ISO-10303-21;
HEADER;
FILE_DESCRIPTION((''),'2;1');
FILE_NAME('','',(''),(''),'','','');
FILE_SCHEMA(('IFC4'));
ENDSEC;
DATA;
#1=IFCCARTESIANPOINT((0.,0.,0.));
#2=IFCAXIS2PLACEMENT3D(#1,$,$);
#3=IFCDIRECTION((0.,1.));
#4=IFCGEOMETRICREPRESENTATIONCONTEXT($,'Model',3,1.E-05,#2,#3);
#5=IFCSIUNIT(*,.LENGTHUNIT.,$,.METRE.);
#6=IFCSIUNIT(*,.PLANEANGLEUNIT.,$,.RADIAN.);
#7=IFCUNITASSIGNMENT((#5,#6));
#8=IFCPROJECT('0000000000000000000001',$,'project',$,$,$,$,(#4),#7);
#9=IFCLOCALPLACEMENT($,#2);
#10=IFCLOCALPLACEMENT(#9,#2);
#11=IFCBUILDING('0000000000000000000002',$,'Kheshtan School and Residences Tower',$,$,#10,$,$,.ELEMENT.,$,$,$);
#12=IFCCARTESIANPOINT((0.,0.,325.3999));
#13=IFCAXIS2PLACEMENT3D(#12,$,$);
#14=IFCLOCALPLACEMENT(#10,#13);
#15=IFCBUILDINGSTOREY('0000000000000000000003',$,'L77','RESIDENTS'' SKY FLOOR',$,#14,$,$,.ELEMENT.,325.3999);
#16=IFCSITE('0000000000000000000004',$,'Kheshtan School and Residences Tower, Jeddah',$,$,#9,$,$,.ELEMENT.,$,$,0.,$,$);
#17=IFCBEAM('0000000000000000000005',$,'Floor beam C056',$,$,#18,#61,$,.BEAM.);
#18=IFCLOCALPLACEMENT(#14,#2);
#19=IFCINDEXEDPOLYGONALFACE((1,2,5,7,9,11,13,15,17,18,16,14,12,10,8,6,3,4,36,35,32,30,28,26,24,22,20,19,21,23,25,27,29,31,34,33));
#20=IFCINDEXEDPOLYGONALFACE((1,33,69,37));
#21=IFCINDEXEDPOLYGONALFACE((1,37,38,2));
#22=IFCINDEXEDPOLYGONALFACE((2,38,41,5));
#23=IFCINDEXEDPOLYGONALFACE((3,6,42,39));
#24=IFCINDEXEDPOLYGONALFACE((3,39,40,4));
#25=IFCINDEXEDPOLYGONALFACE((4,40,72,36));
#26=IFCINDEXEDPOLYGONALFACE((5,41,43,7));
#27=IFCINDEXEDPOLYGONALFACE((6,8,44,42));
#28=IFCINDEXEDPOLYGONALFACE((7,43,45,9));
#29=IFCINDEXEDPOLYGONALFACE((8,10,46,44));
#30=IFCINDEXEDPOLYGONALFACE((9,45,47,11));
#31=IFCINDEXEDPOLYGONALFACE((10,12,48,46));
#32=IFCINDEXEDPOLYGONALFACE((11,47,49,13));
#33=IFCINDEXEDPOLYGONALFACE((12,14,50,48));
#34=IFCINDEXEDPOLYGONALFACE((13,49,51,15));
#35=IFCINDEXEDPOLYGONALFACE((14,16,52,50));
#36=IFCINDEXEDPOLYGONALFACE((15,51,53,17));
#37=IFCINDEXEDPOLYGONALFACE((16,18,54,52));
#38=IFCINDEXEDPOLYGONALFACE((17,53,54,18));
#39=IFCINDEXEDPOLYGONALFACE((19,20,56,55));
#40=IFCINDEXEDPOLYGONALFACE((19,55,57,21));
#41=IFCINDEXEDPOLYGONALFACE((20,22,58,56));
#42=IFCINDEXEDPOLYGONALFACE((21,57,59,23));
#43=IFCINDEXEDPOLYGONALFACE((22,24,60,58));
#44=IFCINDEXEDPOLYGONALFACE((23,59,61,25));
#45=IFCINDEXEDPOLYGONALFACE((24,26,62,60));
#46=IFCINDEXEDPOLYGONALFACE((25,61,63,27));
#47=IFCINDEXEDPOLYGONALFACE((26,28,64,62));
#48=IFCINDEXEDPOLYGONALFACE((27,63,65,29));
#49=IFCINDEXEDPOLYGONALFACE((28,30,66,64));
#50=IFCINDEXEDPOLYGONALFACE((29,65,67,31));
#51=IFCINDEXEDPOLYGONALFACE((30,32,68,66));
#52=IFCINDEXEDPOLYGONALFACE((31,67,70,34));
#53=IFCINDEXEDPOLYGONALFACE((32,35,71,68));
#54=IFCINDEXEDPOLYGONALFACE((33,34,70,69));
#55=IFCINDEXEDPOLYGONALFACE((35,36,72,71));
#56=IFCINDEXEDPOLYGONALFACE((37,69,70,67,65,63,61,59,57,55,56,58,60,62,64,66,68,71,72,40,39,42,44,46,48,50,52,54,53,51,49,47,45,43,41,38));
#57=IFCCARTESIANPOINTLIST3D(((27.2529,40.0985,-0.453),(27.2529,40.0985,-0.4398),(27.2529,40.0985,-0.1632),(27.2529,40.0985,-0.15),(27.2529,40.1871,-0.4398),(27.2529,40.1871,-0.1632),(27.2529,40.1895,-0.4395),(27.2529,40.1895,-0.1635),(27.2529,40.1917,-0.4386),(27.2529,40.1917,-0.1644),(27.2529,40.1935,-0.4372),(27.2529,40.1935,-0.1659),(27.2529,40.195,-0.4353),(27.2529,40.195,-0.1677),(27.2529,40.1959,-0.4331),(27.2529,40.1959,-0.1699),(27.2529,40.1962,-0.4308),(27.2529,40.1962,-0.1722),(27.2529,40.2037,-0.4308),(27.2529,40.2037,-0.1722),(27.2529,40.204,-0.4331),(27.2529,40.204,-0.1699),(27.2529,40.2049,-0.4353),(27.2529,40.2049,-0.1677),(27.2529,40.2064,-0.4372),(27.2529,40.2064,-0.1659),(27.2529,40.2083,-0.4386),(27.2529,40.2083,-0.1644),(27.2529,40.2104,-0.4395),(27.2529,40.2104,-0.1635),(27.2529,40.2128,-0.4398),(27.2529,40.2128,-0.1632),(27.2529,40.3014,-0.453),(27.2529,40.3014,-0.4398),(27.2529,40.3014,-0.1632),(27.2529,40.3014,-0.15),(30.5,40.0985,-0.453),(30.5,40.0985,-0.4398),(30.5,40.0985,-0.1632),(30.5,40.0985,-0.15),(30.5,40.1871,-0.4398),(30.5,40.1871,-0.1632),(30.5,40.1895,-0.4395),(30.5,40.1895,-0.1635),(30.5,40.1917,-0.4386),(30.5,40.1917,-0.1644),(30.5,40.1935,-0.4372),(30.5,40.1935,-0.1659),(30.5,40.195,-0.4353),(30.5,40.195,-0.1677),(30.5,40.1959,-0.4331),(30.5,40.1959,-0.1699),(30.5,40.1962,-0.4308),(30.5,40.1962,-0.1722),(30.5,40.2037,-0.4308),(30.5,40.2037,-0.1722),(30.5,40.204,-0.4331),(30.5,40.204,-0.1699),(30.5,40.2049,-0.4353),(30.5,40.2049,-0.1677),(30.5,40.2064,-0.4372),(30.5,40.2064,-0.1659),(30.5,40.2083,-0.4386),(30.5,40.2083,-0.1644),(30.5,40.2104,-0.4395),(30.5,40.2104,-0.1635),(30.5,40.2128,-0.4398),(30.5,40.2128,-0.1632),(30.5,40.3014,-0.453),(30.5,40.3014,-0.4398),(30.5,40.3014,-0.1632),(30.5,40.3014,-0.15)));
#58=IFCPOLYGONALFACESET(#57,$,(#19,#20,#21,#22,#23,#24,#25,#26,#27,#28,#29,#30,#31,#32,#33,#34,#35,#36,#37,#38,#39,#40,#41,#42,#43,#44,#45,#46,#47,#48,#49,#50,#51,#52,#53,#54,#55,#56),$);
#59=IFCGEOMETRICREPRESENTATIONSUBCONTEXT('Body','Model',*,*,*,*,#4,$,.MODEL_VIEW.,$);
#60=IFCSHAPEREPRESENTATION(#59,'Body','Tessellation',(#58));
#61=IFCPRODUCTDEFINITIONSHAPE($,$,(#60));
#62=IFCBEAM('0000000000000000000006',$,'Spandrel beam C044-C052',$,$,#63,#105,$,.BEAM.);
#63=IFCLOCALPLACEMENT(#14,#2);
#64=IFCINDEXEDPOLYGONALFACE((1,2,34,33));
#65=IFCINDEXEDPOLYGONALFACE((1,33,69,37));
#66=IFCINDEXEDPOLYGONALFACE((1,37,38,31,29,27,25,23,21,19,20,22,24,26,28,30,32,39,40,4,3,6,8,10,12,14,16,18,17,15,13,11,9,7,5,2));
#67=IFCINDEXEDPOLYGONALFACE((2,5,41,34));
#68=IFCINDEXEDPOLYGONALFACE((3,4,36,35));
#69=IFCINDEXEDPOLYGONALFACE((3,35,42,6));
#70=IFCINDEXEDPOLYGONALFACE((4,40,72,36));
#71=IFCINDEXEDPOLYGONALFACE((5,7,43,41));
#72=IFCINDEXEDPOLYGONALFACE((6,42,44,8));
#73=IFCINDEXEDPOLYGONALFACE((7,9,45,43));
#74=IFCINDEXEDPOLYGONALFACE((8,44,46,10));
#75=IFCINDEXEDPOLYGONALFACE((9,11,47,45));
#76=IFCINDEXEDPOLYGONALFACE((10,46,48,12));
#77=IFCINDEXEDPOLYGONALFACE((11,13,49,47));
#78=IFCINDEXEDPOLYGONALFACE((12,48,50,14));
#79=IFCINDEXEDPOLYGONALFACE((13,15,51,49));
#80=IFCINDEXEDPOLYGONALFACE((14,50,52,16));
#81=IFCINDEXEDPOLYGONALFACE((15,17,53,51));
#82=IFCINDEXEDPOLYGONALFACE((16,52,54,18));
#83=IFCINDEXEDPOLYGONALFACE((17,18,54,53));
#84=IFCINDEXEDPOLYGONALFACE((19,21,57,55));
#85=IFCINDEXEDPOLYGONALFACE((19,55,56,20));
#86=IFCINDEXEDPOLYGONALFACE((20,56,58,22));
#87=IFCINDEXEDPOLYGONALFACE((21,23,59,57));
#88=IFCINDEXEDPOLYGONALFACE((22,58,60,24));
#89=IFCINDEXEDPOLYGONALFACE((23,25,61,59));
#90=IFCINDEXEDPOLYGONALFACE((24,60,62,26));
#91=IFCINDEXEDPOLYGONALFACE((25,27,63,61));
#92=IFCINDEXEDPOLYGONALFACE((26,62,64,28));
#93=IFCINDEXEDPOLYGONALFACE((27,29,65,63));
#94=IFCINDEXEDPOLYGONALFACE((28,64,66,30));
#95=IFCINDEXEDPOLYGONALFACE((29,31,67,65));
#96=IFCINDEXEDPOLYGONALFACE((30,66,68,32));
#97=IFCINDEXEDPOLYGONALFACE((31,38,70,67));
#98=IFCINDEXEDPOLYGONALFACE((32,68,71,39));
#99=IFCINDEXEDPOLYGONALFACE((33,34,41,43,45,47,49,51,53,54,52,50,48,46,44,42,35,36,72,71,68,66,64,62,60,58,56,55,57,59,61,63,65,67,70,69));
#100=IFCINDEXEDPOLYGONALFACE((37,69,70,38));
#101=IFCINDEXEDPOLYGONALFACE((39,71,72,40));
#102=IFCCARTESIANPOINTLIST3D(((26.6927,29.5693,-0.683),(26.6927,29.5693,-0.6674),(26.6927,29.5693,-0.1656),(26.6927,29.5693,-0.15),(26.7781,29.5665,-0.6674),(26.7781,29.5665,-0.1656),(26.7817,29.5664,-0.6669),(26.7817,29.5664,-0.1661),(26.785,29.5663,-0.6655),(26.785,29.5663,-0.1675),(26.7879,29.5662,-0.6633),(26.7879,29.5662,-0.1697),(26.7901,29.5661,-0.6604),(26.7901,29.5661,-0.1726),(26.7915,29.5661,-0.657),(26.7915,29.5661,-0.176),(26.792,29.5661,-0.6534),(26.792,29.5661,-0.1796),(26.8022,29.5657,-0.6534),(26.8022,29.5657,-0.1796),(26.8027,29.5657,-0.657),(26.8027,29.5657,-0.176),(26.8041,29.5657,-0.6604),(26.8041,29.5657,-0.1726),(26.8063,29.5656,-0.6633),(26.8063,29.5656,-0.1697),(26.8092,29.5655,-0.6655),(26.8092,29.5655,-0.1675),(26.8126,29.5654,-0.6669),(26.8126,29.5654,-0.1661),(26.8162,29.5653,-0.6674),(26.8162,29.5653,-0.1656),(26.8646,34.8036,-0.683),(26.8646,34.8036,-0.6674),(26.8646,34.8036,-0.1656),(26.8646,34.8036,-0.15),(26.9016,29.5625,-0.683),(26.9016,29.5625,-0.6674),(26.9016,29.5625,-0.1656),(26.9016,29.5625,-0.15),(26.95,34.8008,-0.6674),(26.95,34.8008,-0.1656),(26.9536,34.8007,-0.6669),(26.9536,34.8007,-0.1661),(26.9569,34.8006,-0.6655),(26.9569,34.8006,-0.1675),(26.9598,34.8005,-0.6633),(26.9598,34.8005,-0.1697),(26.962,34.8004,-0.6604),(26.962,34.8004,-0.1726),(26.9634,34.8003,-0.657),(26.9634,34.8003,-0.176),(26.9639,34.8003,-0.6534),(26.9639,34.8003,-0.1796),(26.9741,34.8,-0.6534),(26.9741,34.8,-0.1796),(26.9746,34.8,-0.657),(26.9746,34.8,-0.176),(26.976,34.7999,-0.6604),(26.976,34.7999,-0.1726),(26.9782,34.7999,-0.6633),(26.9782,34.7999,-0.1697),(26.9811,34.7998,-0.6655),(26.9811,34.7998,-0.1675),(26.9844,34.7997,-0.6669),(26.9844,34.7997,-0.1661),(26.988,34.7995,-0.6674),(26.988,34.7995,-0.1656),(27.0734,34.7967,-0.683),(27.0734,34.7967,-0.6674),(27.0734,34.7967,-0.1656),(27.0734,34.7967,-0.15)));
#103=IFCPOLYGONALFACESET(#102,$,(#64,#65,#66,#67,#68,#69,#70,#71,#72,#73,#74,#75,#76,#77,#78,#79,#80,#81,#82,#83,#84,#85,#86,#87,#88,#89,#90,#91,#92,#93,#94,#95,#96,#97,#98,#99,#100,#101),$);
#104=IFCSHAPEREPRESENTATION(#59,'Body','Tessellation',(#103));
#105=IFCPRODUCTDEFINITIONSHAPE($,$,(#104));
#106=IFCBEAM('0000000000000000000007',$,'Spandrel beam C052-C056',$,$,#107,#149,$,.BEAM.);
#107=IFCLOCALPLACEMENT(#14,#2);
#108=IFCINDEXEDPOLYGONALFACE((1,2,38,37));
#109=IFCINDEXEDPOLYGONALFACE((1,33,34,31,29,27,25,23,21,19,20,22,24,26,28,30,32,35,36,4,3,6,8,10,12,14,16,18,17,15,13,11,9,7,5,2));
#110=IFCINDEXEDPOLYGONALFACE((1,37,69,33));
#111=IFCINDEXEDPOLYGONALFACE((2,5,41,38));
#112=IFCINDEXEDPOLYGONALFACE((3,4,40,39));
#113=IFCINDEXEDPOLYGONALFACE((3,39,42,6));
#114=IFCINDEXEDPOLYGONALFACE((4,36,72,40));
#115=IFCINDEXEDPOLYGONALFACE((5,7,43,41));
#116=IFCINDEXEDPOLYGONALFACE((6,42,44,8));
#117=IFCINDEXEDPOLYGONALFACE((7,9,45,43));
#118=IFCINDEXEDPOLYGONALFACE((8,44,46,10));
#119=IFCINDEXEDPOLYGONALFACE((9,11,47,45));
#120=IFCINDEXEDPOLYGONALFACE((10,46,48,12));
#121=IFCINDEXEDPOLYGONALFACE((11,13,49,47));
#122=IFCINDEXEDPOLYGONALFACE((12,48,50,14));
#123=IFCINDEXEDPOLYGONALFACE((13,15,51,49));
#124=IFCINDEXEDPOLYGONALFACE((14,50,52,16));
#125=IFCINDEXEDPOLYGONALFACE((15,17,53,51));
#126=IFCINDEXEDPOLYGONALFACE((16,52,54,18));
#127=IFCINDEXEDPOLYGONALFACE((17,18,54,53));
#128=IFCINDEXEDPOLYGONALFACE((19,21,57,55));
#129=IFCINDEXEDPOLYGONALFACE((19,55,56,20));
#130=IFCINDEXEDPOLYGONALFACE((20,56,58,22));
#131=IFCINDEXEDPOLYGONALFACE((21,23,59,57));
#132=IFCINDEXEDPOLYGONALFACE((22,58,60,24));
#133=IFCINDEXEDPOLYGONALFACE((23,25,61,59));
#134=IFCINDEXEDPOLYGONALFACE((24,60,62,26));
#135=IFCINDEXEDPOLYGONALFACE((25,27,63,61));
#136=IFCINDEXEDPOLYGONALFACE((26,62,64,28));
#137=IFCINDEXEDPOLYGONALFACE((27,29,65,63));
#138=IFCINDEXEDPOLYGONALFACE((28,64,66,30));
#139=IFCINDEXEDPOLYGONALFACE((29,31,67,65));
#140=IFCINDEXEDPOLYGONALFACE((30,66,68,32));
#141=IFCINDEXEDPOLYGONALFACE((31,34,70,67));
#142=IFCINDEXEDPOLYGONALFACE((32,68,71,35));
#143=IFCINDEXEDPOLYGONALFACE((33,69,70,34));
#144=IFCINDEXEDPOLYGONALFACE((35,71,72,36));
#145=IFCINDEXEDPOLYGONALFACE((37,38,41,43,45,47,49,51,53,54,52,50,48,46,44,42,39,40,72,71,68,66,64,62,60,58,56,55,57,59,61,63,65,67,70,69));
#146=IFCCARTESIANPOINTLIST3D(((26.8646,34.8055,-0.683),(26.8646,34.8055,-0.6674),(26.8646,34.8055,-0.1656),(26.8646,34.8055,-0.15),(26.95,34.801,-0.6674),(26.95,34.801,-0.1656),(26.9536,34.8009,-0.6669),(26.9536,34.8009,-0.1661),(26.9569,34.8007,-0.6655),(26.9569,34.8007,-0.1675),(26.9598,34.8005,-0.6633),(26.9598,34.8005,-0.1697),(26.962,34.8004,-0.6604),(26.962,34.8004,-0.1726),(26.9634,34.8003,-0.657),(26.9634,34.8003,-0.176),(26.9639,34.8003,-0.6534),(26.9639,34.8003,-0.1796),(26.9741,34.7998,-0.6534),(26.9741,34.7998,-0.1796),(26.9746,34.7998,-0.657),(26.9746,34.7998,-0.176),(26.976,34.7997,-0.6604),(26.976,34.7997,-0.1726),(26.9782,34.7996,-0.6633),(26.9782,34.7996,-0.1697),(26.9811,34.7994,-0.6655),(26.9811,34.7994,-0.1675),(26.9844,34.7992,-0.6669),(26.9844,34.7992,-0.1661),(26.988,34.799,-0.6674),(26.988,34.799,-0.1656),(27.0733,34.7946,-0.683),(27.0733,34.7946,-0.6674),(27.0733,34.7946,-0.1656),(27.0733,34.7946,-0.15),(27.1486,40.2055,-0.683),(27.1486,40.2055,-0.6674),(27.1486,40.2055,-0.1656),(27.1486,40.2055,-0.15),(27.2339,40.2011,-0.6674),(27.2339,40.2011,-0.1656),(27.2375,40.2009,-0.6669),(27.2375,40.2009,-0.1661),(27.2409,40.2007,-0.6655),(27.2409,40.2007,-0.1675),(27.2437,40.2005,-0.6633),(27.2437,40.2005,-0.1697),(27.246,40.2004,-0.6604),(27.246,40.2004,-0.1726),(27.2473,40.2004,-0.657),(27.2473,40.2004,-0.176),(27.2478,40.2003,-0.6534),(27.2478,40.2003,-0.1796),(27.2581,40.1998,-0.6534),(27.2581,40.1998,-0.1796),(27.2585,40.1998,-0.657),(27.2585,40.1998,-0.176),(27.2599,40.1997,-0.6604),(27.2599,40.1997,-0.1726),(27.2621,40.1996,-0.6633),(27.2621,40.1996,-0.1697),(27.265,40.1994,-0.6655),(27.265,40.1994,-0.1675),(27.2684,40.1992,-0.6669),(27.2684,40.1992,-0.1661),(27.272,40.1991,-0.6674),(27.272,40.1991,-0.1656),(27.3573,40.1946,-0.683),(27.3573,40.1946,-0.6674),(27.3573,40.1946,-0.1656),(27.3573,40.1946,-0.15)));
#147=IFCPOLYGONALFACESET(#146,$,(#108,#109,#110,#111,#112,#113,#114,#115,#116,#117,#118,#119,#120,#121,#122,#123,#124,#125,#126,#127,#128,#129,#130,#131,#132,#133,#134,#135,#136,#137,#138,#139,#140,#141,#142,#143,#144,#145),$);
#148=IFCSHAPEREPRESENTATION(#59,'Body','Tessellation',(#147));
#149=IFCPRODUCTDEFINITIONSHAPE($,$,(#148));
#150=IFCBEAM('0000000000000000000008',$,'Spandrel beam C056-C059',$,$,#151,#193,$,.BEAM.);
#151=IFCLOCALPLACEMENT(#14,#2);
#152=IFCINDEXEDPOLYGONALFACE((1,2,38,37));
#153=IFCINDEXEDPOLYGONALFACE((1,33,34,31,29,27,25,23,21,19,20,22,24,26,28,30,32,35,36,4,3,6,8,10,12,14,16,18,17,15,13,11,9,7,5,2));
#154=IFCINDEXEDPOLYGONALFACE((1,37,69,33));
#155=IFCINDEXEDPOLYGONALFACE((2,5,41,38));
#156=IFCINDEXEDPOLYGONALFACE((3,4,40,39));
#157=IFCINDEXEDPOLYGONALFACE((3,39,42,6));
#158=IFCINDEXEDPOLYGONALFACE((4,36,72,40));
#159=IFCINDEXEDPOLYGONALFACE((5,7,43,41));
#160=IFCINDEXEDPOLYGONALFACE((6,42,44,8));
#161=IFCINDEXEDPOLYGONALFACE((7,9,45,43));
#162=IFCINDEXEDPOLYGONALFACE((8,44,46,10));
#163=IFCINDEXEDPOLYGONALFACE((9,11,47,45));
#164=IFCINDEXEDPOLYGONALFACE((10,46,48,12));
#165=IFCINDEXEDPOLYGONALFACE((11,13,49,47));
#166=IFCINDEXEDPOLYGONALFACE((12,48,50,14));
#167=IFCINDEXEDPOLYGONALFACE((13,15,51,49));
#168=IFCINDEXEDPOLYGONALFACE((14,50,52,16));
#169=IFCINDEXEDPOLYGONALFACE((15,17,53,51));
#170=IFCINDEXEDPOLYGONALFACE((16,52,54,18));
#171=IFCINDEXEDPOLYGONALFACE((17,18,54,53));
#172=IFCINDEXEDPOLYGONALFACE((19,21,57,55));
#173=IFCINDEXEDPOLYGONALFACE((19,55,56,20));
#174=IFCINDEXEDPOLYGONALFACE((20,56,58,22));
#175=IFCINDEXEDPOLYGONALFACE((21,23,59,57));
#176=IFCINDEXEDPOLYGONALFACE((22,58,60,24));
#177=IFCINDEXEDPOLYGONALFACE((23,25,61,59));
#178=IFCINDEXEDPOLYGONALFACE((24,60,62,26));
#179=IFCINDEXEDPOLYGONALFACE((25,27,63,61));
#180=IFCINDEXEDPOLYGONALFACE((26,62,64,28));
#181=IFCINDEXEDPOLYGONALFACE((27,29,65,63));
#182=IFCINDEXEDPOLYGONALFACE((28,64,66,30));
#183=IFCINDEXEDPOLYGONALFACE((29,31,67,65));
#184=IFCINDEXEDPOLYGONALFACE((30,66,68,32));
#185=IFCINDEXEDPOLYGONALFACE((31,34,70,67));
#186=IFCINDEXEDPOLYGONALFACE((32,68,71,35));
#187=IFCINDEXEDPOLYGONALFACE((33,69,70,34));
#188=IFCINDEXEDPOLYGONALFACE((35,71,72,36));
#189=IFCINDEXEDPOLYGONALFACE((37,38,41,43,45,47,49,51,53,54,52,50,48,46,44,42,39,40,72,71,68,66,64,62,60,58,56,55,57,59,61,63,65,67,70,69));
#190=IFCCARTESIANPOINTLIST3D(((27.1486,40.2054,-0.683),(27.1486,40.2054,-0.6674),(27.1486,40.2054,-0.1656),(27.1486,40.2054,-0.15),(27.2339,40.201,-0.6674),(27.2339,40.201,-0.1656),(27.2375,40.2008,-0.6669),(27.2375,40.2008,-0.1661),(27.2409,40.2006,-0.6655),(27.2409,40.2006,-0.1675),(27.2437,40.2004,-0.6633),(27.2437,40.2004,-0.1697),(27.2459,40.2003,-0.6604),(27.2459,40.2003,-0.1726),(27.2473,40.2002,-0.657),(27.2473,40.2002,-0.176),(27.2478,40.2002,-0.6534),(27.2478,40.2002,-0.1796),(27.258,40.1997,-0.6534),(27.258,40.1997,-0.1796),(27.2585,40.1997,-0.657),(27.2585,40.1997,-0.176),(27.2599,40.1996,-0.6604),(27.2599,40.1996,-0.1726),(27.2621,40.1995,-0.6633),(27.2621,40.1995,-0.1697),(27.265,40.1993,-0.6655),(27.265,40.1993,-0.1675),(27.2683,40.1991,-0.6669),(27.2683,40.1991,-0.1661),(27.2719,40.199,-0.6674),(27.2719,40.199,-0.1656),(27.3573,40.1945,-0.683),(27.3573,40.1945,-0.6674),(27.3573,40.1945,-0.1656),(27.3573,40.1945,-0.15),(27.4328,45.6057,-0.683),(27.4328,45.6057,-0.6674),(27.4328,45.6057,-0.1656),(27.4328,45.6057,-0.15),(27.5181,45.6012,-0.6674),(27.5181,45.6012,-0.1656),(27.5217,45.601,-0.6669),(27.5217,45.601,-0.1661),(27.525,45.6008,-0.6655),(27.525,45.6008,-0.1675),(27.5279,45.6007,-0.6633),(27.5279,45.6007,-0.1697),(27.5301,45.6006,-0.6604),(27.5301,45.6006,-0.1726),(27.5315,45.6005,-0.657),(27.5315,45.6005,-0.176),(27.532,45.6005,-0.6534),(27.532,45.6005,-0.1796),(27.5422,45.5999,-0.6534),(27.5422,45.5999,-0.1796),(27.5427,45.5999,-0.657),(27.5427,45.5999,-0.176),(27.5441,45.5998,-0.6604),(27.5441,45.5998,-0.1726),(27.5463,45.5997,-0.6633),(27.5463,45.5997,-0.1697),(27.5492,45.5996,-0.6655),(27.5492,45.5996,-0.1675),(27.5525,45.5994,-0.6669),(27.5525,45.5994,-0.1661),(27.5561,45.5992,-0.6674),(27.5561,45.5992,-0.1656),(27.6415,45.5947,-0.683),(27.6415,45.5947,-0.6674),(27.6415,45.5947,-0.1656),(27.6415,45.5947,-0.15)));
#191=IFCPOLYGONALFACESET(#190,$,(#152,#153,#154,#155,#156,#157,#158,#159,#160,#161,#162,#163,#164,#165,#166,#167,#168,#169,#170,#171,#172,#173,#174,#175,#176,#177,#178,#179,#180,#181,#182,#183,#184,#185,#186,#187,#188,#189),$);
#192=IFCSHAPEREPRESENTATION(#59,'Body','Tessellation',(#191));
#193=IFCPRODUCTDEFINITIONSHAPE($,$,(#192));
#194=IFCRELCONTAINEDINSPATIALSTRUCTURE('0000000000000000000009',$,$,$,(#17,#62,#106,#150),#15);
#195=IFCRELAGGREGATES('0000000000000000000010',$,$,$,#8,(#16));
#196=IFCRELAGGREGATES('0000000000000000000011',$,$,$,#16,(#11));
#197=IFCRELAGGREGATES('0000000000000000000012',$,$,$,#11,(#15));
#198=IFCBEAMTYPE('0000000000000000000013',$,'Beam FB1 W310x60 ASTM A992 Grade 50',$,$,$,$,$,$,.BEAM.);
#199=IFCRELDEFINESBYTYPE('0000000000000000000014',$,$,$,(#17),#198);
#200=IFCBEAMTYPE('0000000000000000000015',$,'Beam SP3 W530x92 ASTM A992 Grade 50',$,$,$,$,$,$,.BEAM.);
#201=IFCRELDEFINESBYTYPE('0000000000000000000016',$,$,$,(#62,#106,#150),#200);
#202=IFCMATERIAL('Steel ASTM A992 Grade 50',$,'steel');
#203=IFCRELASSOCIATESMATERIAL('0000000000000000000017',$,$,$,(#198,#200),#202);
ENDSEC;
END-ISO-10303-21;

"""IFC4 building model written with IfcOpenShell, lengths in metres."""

from ifc_helpers import new_model, si_unit, direction, frame, origin, origin_2d, place, context, subcontext, project, spatial, i_section, extrude, material, material_profile, profile_set, type_object, element, save


model = new_model("IFC4")

# Units and contexts
model_context = context("Model", 3, precision=1e-05, world=origin(), true_north=direction((0.0, 1.0)))
body_context = subcontext(model_context, "Body", "Model", "MODEL_VIEW")
ifc_project = project(units=[si_unit("LENGTHUNIT", "METRE"), si_unit("PLANEANGLEUNIT", "RADIAN")], contexts=[model_context])

# Site, building, storey
site_placement = place(None, origin())
site = spatial("IfcSite", under=ifc_project, at=site_placement, Name="Kheshtan School and Residences Tower, Jeddah", CompositionType="ELEMENT", RefElevation=0.0)
building_placement = place(site_placement, origin())
building = spatial("IfcBuilding", under=site, at=building_placement, Name="Kheshtan School and Residences Tower", CompositionType="ELEMENT")
storey_placement = place(building_placement, frame((0.0, 0.0, 325.3999)))
storey = spatial("IfcBuildingStorey", under=building, at=storey_placement, Name="L77", Description="RESIDENTS' SKY FLOOR", CompositionType="ELEMENT", Elevation=325.3999)

# Shared definitions
ifc_material_1 = material(Name="Steel ASTM A992 Grade 50", Category="steel")

# Beams
ifc_material_profile_1 = material_profile(ifc_material_1, i_section(OverallWidth=0.2029, OverallDepth=0.303, WebThickness=0.0076, FlangeThickness=0.0132, FilletRadius=0.009, at=origin_2d()), Name="W310x60")
ifc_profile_set_1 = profile_set([ifc_material_profile_1], Name="Steel ASTM A992 Grade 50")
beam_type_1 = type_object("IfcBeamType", Name="Beam FB1 W310x60 ASTM A992 Grade 50", PredefinedType="BEAM", material=ifc_profile_set_1)
beam_1_placement = place(storey_placement, frame((27.2529, 40.2, -0.3015), z_axis=(1.0, 0.0, 0.0), x_axis=(0.0, 1.0, 0.0)))
element("IfcBeam", 1, at=beam_1_placement, inside=storey, type_object=beam_type_1, Name="Floor beam C056", PredefinedType="BEAM", context=body_context, shape_type="SweptSolid", body=[
    extrude(i_section(OverallWidth=0.2029, OverallDepth=0.303, WebThickness=0.0076, FlangeThickness=0.0132, FilletRadius=0.009, at=origin_2d()), origin(), (0.0, 0.0, 1.0), 3.2471),
])
ifc_material_profile_2 = material_profile(ifc_material_1, i_section(OverallWidth=0.209, OverallDepth=0.533, WebThickness=0.0103, FlangeThickness=0.0156, FilletRadius=0.0139, at=origin_2d()), Name="W530x92")
ifc_profile_set_2 = profile_set([ifc_material_profile_2], Name="Steel ASTM A992 Grade 50")
beam_type_2 = type_object("IfcBeamType", Name="Beam SP3 W530x92 ASTM A992 Grade 50", PredefinedType="BEAM", material=ifc_profile_set_2)
beam_2_placement = place(storey_placement, frame((26.7971, 29.5659, -0.4165), z_axis=(0.03282, 0.999461, 0.0), x_axis=(-0.999461, 0.03282, 0.0)))
element("IfcBeam", 2, at=beam_2_placement, inside=storey, type_object=beam_type_2, Name="Spandrel beam C044-C052", PredefinedType="BEAM", context=body_context, shape_type="SweptSolid", body=[
    extrude(i_section(OverallWidth=0.209, OverallDepth=0.533, WebThickness=0.0103, FlangeThickness=0.0156, FilletRadius=0.0139, at=origin_2d()), origin(), (0.0, 0.0, 1.0), 5.2371),
])
beam_3_placement = place(storey_placement, frame((26.969, 34.8, -0.4165), z_axis=(0.052509, 0.99862, 0.0), x_axis=(-0.99862, 0.052509, 0.0)))
element("IfcBeam", 3, at=beam_3_placement, inside=storey, type_object=beam_type_2, Name="Spandrel beam C052-C056", PredefinedType="BEAM", context=body_context, shape_type="SweptSolid", body=[
    extrude(i_section(OverallWidth=0.209, OverallDepth=0.533, WebThickness=0.0103, FlangeThickness=0.0156, FilletRadius=0.0139, at=origin_2d()), origin(), (0.0, 0.0, 1.0), 5.4075),
])
beam_4_placement = place(storey_placement, frame((27.2529, 40.2, -0.4165), z_axis=(0.052552, 0.998618, 0.0), x_axis=(-0.998618, 0.052552, 0.0)))
element("IfcBeam", 4, at=beam_4_placement, inside=storey, type_object=beam_type_2, Name="Spandrel beam C056-C059", PredefinedType="BEAM", context=body_context, shape_type="SweptSolid", body=[
    extrude(i_section(OverallWidth=0.209, OverallDepth=0.533, WebThickness=0.0103, FlangeThickness=0.0156, FilletRadius=0.0139, at=origin_2d()), origin(), (0.0, 0.0, 1.0), 5.4077),
])

save(model, "model.ifc")
